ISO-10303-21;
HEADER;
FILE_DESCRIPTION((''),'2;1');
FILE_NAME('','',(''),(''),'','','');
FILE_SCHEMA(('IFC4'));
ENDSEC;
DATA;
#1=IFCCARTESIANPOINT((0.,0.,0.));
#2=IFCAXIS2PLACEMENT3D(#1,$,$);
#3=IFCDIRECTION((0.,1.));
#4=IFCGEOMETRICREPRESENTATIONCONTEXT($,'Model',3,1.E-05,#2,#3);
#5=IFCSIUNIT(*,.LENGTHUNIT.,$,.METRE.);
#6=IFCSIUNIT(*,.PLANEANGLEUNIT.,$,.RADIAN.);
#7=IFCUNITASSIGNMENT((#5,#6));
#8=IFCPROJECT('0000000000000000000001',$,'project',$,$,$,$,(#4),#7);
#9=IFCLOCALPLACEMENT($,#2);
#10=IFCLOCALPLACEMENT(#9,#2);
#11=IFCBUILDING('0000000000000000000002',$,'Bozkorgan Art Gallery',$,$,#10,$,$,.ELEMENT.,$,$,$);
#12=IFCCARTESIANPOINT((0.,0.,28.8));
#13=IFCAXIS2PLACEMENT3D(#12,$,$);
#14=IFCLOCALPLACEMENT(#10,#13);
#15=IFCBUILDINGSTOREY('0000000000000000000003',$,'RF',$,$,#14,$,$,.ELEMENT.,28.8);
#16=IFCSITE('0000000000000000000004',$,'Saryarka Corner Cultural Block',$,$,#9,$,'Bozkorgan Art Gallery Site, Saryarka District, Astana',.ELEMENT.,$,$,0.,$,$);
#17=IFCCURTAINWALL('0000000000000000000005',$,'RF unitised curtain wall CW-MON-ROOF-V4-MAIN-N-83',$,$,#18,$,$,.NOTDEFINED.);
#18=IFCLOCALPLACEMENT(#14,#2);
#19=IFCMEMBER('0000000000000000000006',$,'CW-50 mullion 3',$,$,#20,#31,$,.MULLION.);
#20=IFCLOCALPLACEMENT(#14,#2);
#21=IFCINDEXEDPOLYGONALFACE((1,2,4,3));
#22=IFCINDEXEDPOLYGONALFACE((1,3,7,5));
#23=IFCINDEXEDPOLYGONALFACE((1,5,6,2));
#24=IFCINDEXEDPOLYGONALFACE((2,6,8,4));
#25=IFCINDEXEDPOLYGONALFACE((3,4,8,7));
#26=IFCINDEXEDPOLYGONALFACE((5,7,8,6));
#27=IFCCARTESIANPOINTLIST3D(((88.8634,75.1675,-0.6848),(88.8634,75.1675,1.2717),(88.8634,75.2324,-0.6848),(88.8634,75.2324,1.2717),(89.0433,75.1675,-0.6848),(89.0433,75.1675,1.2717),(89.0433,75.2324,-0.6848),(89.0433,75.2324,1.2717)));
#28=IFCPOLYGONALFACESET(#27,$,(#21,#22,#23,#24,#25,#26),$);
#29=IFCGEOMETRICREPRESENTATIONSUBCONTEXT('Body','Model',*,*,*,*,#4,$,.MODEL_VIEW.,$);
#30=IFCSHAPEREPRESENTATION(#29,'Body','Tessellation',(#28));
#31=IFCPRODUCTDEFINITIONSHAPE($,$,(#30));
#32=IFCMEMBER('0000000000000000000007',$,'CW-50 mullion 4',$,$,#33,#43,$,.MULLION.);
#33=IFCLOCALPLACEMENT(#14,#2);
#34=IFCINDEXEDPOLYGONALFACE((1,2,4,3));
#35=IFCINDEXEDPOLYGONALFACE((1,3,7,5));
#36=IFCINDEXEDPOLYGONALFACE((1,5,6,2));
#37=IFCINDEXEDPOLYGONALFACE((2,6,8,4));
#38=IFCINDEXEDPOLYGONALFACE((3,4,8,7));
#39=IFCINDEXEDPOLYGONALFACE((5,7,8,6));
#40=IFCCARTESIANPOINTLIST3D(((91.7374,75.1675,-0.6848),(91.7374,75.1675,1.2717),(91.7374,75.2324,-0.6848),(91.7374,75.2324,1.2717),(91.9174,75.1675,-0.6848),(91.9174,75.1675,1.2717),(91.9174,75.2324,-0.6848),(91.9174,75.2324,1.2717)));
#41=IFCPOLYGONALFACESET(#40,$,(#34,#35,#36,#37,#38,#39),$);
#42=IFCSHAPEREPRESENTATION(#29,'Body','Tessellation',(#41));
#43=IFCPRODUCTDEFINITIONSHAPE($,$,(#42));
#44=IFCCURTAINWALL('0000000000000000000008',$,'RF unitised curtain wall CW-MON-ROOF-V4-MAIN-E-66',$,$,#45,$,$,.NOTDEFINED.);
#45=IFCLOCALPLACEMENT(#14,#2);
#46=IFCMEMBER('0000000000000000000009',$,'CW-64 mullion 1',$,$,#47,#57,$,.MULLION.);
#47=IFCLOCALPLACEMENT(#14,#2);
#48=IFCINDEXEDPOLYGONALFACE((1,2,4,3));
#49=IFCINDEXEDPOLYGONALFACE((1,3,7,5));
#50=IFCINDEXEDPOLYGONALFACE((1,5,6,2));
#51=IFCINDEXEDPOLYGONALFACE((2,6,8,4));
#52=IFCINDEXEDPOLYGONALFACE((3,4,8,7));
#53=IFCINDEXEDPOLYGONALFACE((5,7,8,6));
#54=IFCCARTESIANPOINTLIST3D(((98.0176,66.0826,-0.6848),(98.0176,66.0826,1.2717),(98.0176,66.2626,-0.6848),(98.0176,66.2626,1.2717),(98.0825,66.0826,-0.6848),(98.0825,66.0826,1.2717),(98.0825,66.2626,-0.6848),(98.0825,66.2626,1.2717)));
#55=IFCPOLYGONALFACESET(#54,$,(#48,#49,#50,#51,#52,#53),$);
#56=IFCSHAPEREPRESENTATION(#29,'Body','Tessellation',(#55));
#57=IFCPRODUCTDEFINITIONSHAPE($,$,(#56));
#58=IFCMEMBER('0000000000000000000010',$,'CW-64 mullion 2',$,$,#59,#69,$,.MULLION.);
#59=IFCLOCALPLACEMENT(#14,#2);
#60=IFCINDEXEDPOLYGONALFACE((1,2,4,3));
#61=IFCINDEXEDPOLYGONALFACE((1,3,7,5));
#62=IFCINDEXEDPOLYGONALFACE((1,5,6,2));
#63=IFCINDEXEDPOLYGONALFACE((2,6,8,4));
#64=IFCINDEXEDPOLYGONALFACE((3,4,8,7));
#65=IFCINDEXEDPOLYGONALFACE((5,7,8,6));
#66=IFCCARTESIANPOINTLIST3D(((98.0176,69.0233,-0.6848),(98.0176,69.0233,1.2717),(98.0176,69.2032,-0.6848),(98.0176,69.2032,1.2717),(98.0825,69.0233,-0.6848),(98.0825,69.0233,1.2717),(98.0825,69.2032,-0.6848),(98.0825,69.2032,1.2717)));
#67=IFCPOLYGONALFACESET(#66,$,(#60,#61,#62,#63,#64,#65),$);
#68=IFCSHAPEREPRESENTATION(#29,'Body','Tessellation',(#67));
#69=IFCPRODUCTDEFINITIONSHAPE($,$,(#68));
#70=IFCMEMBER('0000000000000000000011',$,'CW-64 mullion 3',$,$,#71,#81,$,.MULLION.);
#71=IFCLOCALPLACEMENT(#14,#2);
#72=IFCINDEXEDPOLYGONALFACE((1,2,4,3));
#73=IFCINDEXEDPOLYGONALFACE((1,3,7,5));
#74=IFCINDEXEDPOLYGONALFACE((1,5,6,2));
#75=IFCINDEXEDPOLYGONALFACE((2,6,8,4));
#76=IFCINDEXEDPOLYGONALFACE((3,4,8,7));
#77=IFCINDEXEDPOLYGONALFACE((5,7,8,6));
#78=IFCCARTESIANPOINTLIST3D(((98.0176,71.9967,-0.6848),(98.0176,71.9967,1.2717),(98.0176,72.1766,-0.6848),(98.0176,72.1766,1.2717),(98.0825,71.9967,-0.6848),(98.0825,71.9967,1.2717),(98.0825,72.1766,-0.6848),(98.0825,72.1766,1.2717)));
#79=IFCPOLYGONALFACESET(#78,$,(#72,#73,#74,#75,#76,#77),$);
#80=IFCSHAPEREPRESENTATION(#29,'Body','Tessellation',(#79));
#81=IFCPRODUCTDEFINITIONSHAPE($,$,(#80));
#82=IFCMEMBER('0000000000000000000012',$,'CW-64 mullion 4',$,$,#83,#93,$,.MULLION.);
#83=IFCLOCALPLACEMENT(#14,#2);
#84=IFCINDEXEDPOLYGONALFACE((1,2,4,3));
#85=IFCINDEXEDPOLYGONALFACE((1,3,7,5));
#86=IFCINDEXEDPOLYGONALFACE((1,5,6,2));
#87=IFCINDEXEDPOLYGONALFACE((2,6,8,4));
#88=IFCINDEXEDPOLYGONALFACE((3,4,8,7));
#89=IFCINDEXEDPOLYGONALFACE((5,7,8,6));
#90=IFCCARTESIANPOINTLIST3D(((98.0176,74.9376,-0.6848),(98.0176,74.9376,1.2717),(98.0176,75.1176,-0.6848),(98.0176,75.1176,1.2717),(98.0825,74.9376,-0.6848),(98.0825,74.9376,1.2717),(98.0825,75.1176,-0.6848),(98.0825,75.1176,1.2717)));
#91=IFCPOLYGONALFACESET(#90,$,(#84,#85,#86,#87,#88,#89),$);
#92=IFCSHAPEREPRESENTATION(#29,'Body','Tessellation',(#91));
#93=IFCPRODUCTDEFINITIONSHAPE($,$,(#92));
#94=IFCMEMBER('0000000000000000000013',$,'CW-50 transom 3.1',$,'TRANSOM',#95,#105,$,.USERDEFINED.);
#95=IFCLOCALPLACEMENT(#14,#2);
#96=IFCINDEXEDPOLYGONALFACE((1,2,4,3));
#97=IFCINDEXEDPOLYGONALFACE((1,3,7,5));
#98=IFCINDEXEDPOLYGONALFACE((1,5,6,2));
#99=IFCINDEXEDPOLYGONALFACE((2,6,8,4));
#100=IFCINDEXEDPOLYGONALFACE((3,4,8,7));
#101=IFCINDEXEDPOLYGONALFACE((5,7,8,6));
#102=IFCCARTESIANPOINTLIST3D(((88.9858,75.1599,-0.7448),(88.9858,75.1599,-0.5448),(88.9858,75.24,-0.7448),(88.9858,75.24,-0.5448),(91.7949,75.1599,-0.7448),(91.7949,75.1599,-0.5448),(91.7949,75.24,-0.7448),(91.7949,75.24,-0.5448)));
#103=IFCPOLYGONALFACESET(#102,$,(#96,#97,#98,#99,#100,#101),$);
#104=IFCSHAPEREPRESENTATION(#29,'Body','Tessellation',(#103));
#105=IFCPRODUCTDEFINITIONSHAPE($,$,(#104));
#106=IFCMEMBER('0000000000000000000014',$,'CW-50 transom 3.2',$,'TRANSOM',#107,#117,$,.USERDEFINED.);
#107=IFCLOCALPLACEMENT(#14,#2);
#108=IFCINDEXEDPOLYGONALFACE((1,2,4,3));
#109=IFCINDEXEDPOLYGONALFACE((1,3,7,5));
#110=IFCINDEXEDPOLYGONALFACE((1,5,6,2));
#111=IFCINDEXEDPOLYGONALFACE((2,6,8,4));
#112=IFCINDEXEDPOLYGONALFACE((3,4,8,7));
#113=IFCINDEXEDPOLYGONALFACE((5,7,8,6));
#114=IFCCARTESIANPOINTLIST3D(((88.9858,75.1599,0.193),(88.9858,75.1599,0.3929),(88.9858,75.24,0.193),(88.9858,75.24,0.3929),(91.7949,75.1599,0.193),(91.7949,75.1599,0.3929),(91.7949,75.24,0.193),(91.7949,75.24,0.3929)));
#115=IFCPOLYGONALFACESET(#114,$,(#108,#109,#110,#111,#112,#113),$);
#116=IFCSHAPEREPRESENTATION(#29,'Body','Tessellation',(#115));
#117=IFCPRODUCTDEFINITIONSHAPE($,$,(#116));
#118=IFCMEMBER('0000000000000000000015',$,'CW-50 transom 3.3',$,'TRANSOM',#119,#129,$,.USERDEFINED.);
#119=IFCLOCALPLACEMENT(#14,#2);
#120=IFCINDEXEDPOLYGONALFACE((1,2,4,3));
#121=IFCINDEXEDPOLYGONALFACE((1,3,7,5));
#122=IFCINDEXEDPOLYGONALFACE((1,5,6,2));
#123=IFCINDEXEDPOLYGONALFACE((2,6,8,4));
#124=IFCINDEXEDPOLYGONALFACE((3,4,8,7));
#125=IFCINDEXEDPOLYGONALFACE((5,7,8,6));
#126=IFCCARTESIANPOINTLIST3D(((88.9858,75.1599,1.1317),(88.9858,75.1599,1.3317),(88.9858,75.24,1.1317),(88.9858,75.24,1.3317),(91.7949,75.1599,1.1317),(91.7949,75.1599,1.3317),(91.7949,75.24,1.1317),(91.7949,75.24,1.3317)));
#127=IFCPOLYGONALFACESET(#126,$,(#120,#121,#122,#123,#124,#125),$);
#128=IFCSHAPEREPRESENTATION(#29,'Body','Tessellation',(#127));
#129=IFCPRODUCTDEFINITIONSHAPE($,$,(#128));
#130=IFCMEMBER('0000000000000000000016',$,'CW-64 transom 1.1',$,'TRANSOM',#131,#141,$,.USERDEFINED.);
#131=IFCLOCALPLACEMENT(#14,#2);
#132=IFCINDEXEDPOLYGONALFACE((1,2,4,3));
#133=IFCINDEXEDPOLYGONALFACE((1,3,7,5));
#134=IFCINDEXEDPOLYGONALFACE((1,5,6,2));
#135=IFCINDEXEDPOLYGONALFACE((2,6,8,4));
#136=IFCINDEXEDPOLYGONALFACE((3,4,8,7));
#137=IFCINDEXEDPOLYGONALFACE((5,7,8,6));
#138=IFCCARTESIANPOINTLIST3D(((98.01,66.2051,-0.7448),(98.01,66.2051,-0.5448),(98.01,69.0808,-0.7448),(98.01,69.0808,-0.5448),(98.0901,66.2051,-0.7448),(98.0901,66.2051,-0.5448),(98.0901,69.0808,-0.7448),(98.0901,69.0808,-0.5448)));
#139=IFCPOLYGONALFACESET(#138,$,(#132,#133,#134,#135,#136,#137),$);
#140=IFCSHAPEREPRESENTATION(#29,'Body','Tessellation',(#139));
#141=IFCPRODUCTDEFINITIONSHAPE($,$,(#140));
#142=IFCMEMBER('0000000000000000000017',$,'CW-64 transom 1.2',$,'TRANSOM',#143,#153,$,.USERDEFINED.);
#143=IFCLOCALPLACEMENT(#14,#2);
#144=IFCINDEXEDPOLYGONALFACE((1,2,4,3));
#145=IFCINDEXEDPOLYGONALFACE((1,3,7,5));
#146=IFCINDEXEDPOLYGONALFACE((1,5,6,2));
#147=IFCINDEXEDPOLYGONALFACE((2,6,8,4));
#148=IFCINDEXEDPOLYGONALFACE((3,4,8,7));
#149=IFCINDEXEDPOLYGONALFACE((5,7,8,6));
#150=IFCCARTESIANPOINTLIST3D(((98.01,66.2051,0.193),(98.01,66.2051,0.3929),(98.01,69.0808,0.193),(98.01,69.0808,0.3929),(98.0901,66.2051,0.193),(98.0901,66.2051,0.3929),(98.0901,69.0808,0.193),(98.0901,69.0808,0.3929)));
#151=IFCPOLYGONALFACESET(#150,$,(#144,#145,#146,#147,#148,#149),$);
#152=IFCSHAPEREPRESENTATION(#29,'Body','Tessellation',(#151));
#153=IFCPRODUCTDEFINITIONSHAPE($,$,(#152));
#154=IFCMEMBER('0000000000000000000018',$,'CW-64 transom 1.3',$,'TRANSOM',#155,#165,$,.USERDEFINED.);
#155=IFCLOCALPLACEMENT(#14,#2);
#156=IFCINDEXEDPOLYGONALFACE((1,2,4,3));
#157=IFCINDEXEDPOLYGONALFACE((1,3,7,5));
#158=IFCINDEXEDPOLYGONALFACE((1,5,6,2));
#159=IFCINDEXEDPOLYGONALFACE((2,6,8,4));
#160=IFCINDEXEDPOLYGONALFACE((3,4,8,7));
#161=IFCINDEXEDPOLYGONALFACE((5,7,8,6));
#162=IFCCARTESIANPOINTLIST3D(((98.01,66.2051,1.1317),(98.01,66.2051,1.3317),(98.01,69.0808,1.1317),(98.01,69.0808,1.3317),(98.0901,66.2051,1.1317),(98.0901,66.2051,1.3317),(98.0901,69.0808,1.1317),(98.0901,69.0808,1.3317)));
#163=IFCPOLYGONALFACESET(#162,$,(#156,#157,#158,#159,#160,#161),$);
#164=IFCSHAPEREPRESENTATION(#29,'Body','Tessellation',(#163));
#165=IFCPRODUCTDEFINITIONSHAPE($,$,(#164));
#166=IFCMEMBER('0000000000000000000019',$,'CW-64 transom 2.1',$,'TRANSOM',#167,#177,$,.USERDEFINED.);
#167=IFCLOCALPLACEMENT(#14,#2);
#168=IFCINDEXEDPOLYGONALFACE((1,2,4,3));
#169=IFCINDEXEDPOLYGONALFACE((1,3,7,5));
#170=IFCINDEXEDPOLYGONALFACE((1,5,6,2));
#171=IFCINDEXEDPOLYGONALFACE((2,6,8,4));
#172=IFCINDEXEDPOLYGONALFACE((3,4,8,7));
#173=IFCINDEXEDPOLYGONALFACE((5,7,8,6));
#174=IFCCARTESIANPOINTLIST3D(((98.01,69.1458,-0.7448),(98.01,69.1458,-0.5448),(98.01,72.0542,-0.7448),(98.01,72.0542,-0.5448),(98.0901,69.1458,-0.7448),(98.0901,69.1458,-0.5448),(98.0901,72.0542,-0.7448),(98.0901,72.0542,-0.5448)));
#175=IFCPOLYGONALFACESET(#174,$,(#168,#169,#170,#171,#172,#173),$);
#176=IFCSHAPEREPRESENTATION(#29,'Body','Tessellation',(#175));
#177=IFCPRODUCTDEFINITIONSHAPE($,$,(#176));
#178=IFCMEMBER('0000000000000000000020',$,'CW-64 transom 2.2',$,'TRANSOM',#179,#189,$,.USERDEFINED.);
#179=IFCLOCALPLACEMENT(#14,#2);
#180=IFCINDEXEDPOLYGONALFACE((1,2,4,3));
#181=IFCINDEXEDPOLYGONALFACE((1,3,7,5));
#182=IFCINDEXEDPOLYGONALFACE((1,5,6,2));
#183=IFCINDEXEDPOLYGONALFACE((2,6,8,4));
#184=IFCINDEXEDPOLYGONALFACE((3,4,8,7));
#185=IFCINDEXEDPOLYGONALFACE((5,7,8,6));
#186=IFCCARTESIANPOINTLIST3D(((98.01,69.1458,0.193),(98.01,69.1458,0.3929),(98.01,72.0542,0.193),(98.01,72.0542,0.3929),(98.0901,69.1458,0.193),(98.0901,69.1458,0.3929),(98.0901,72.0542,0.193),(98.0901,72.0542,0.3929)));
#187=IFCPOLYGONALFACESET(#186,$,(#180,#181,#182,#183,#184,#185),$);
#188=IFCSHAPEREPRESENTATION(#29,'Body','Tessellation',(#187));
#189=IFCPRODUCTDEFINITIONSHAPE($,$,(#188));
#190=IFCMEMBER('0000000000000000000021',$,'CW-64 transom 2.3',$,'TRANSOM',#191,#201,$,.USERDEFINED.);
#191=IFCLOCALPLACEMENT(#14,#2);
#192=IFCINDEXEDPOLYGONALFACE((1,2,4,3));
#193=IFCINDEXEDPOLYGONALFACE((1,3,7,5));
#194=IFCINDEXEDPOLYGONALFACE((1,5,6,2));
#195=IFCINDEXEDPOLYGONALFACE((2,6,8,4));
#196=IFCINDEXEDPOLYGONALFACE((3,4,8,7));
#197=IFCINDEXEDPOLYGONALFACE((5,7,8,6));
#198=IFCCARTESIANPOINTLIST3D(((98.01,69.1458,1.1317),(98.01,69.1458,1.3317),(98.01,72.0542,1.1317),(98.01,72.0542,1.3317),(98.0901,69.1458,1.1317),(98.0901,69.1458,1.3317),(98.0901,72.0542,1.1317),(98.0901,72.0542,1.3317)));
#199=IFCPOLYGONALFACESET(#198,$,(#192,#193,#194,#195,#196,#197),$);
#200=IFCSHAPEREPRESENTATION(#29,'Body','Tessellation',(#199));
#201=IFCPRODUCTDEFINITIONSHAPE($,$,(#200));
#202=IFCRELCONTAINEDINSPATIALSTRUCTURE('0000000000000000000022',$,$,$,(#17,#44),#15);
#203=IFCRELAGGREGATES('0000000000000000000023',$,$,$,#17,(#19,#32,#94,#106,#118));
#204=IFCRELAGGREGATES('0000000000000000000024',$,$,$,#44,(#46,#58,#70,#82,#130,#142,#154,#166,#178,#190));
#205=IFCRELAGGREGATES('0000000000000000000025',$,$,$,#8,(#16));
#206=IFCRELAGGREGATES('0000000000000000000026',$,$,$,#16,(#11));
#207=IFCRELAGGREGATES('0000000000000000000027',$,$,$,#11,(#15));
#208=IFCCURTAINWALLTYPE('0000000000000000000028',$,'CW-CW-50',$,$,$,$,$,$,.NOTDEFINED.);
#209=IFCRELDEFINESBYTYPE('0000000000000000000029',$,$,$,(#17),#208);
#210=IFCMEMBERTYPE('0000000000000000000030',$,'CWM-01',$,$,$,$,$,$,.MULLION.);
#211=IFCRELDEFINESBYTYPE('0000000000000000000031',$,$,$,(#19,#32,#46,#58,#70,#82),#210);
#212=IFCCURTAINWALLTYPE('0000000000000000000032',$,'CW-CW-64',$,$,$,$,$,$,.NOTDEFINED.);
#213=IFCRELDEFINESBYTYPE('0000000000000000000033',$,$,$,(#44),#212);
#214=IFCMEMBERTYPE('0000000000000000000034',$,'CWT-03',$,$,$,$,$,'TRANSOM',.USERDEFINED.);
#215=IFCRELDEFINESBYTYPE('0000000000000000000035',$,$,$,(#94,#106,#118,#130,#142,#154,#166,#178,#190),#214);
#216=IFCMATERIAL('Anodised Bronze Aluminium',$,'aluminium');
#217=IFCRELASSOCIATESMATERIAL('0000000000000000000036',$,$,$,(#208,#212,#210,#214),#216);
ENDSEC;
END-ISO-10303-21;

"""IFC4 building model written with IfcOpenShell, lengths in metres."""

from ifc_helpers import new_model, si_unit, direction, frame, origin, origin_2d, place, context, subcontext, project, spatial, rectangle, extrude, material, material_profile, profile_set, type_object, element, aggregate, save


model = new_model("IFC4")

# Units and contexts
model_context = context("Model", 3, precision=1e-05, world=origin(), true_north=direction((0.0, 1.0)))
body_context = subcontext(model_context, "Body", "Model", "MODEL_VIEW")
ifc_project = project(units=[si_unit("LENGTHUNIT", "METRE"), si_unit("PLANEANGLEUNIT", "RADIAN")], contexts=[model_context])

# Site, building, storey
site_placement = place(None, origin())
site = spatial("IfcSite", under=ifc_project, at=site_placement, Name="Saryarka Corner Cultural Block", LongName="Bozkorgan Art Gallery Site, Saryarka District, Astana", CompositionType="ELEMENT", RefElevation=0.0)
building_placement = place(site_placement, origin())
building = spatial("IfcBuilding", under=site, at=building_placement, Name="Bozkorgan Art Gallery", CompositionType="ELEMENT")
storey_placement = place(building_placement, frame((0.0, 0.0, 28.8)))
storey = spatial("IfcBuildingStorey", under=building, at=storey_placement, Name="RF", CompositionType="ELEMENT", Elevation=28.8)

# Curtain walls, members
ifc_material_1 = material(Name="Anodised Bronze Aluminium", Category="aluminium")
curtain_wall_type_1 = type_object("IfcCurtainWallType", Name="CW-CW-50", PredefinedType="NOTDEFINED", material=ifc_material_1)
curtain_wall_1_placement = place(storey_placement, origin())
curtain_wall_1 = element("IfcCurtainWall", 1, at=curtain_wall_1_placement, inside=storey, type_object=curtain_wall_type_1, Name="RF unitised curtain wall CW-MON-ROOF-V4-MAIN-N-83", PredefinedType="NOTDEFINED")
ifc_material_profile_1 = material_profile(ifc_material_1, rectangle(XDim=0.0649, YDim=0.1799, at=origin_2d()), Name="ALU MULLION 65x180")
ifc_profile_set_1 = profile_set([ifc_material_profile_1], Name="Anodised Bronze Aluminium")
member_type_1 = type_object("IfcMemberType", Name="CWM-01", PredefinedType="MULLION", material=ifc_profile_set_1)
member_1_placement = place(storey_placement, frame((88.9534, 75.2, -0.6848), z_axis=(0.0, 0.0, 1.0), x_axis=(0.0, 1.0, 0.0)))
member_1 = element("IfcMember", 2, at=member_1_placement, type_object=member_type_1, Name="CW-50 mullion 3", PredefinedType="MULLION", context=body_context, shape_type="SweptSolid", body=[
    extrude(rectangle(XDim=0.0649, YDim=0.1799, at=origin_2d()), origin(), (0.0, 0.0, 1.0), 1.9565),
])
member_2_placement = place(storey_placement, frame((91.8274, 75.2, -0.6848), z_axis=(0.0, 0.0, 1.0), x_axis=(0.0, 1.0, 0.0)))
member_2 = element("IfcMember", 3, at=member_2_placement, type_object=member_type_1, Name="CW-50 mullion 4", PredefinedType="MULLION", context=body_context, shape_type="SweptSolid", body=[
    extrude(rectangle(XDim=0.0649, YDim=0.1799, at=origin_2d()), origin(), (0.0, 0.0, 1.0), 1.9565),
])
curtain_wall_type_2 = type_object("IfcCurtainWallType", Name="CW-CW-64", PredefinedType="NOTDEFINED", material=ifc_material_1)
curtain_wall_2_placement = place(storey_placement, origin())
curtain_wall_2 = element("IfcCurtainWall", 4, at=curtain_wall_2_placement, inside=storey, type_object=curtain_wall_type_2, Name="RF unitised curtain wall CW-MON-ROOF-V4-MAIN-E-66", PredefinedType="NOTDEFINED")
member_3_placement = place(storey_placement, frame((98.05, 66.1726, -0.6848), z_axis=(0.0, 0.0, 1.0), x_axis=(-1.0, 0.0, 0.0)))
member_3 = element("IfcMember", 5, at=member_3_placement, type_object=member_type_1, Name="CW-64 mullion 1", PredefinedType="MULLION", context=body_context, shape_type="SweptSolid", body=[
    extrude(rectangle(XDim=0.0649, YDim=0.1799, at=origin_2d()), origin(), (0.0, 0.0, 1.0), 1.9565),
])
member_4_placement = place(storey_placement, frame((98.05, 69.1133, -0.6848), z_axis=(0.0, 0.0, 1.0), x_axis=(-1.0, 0.0, 0.0)))
member_4 = element("IfcMember", 6, at=member_4_placement, type_object=member_type_1, Name="CW-64 mullion 2", PredefinedType="MULLION", context=body_context, shape_type="SweptSolid", body=[
    extrude(rectangle(XDim=0.0649, YDim=0.1799, at=origin_2d()), origin(), (0.0, 0.0, 1.0), 1.9565),
])
member_5_placement = place(storey_placement, frame((98.05, 72.0867, -0.6848), z_axis=(0.0, 0.0, 1.0), x_axis=(-1.0, 0.0, 0.0)))
member_5 = element("IfcMember", 7, at=member_5_placement, type_object=member_type_1, Name="CW-64 mullion 3", PredefinedType="MULLION", context=body_context, shape_type="SweptSolid", body=[
    extrude(rectangle(XDim=0.0649, YDim=0.1799, at=origin_2d()), origin(), (0.0, 0.0, 1.0), 1.9565),
])
member_6_placement = place(storey_placement, frame((98.05, 75.0276, -0.6848), z_axis=(0.0, 0.0, 1.0), x_axis=(-1.0, 0.0, 0.0)))
member_6 = element("IfcMember", 8, at=member_6_placement, type_object=member_type_1, Name="CW-64 mullion 4", PredefinedType="MULLION", context=body_context, shape_type="SweptSolid", body=[
    extrude(rectangle(XDim=0.0649, YDim=0.1799, at=origin_2d()), origin(), (0.0, 0.0, 1.0), 1.9565),
])

# Members
ifc_material_profile_2 = material_profile(ifc_material_1, rectangle(XDim=0.0801, YDim=0.2, at=origin_2d()), Name="ALU TRANSOM 80x200")
ifc_profile_set_2 = profile_set([ifc_material_profile_2], Name="Anodised Bronze Aluminium")
member_type_2 = type_object("IfcMemberType", Name="CWT-03", ElementType="TRANSOM", PredefinedType="USERDEFINED", material=ifc_profile_set_2)
member_7_placement = place(storey_placement, frame((88.9858, 75.2, -0.6448), z_axis=(1.0, 0.0, 0.0), x_axis=(0.0, 1.0, 0.0)))
member_7 = element("IfcMember", 9, at=member_7_placement, type_object=member_type_2, Name="CW-50 transom 3.1", ObjectType="TRANSOM", PredefinedType="USERDEFINED", context=body_context, shape_type="SweptSolid", body=[
    extrude(rectangle(XDim=0.0801, YDim=0.2, at=origin_2d()), origin(), (0.0, 0.0, 1.0), 2.8091),
])
member_8_placement = place(storey_placement, frame((88.9858, 75.2, 0.293), z_axis=(1.0, 0.0, 0.0), x_axis=(0.0, 1.0, 0.0)))
member_8 = element("IfcMember", 10, at=member_8_placement, type_object=member_type_2, Name="CW-50 transom 3.2", ObjectType="TRANSOM", PredefinedType="USERDEFINED", context=body_context, shape_type="SweptSolid", body=[
    extrude(rectangle(XDim=0.0801, YDim=0.2, at=origin_2d()), origin(), (0.0, 0.0, 1.0), 2.8091),
])
member_9_placement = place(storey_placement, frame((88.9858, 75.2, 1.2317), z_axis=(1.0, 0.0, 0.0), x_axis=(0.0, 1.0, 0.0)))
member_9 = element("IfcMember", 11, at=member_9_placement, type_object=member_type_2, Name="CW-50 transom 3.3", ObjectType="TRANSOM", PredefinedType="USERDEFINED", context=body_context, shape_type="SweptSolid", body=[
    extrude(rectangle(XDim=0.0801, YDim=0.2, at=origin_2d()), origin(), (0.0, 0.0, 1.0), 2.8091),
])
member_10_placement = place(storey_placement, frame((98.05, 66.2051, -0.6448), z_axis=(0.0, 1.0, 0.0), x_axis=(-1.0, 0.0, 0.0)))
member_10 = element("IfcMember", 12, at=member_10_placement, type_object=member_type_2, Name="CW-64 transom 1.1", ObjectType="TRANSOM", PredefinedType="USERDEFINED", context=body_context, shape_type="SweptSolid", body=[
    extrude(rectangle(XDim=0.0801, YDim=0.2, at=origin_2d()), origin(), (0.0, 0.0, 1.0), 2.8757),
])
member_11_placement = place(storey_placement, frame((98.05, 66.2051, 0.293), z_axis=(0.0, 1.0, 0.0), x_axis=(-1.0, 0.0, 0.0)))
member_11 = element("IfcMember", 13, at=member_11_placement, type_object=member_type_2, Name="CW-64 transom 1.2", ObjectType="TRANSOM", PredefinedType="USERDEFINED", context=body_context, shape_type="SweptSolid", body=[
    extrude(rectangle(XDim=0.0801, YDim=0.2, at=origin_2d()), origin(), (0.0, 0.0, 1.0), 2.8757),
])
member_12_placement = place(storey_placement, frame((98.05, 66.2051, 1.2317), z_axis=(0.0, 1.0, 0.0), x_axis=(-1.0, 0.0, 0.0)))
member_12 = element("IfcMember", 14, at=member_12_placement, type_object=member_type_2, Name="CW-64 transom 1.3", ObjectType="TRANSOM", PredefinedType="USERDEFINED", context=body_context, shape_type="SweptSolid", body=[
    extrude(rectangle(XDim=0.0801, YDim=0.2, at=origin_2d()), origin(), (0.0, 0.0, 1.0), 2.8757),
])
member_13_placement = place(storey_placement, frame((98.05, 69.1458, -0.6448), z_axis=(0.0, 1.0, 0.0), x_axis=(-1.0, 0.0, 0.0)))
member_13 = element("IfcMember", 15, at=member_13_placement, type_object=member_type_2, Name="CW-64 transom 2.1", ObjectType="TRANSOM", PredefinedType="USERDEFINED", context=body_context, shape_type="SweptSolid", body=[
    extrude(rectangle(XDim=0.0801, YDim=0.2, at=origin_2d()), origin(), (0.0, 0.0, 1.0), 2.9084),
])
member_14_placement = place(storey_placement, frame((98.05, 69.1458, 0.293), z_axis=(0.0, 1.0, 0.0), x_axis=(-1.0, 0.0, 0.0)))
member_14 = element("IfcMember", 16, at=member_14_placement, type_object=member_type_2, Name="CW-64 transom 2.2", ObjectType="TRANSOM", PredefinedType="USERDEFINED", context=body_context, shape_type="SweptSolid", body=[
    extrude(rectangle(XDim=0.0801, YDim=0.2, at=origin_2d()), origin(), (0.0, 0.0, 1.0), 2.9084),
])
member_15_placement = place(storey_placement, frame((98.05, 69.1458, 1.2317), z_axis=(0.0, 1.0, 0.0), x_axis=(-1.0, 0.0, 0.0)))
member_15 = element("IfcMember", 17, at=member_15_placement, type_object=member_type_2, Name="CW-64 transom 2.3", ObjectType="TRANSOM", PredefinedType="USERDEFINED", context=body_context, shape_type="SweptSolid", body=[
    extrude(rectangle(XDim=0.0801, YDim=0.2, at=origin_2d()), origin(), (0.0, 0.0, 1.0), 2.9084),
])

aggregate(curtain_wall_1, [member_1, member_2, member_7, member_8, member_9])
aggregate(curtain_wall_2, [member_3, member_4, member_5, member_6, member_10, member_11, member_12, member_13, member_14, member_15])

save(model, "model.ifc")
